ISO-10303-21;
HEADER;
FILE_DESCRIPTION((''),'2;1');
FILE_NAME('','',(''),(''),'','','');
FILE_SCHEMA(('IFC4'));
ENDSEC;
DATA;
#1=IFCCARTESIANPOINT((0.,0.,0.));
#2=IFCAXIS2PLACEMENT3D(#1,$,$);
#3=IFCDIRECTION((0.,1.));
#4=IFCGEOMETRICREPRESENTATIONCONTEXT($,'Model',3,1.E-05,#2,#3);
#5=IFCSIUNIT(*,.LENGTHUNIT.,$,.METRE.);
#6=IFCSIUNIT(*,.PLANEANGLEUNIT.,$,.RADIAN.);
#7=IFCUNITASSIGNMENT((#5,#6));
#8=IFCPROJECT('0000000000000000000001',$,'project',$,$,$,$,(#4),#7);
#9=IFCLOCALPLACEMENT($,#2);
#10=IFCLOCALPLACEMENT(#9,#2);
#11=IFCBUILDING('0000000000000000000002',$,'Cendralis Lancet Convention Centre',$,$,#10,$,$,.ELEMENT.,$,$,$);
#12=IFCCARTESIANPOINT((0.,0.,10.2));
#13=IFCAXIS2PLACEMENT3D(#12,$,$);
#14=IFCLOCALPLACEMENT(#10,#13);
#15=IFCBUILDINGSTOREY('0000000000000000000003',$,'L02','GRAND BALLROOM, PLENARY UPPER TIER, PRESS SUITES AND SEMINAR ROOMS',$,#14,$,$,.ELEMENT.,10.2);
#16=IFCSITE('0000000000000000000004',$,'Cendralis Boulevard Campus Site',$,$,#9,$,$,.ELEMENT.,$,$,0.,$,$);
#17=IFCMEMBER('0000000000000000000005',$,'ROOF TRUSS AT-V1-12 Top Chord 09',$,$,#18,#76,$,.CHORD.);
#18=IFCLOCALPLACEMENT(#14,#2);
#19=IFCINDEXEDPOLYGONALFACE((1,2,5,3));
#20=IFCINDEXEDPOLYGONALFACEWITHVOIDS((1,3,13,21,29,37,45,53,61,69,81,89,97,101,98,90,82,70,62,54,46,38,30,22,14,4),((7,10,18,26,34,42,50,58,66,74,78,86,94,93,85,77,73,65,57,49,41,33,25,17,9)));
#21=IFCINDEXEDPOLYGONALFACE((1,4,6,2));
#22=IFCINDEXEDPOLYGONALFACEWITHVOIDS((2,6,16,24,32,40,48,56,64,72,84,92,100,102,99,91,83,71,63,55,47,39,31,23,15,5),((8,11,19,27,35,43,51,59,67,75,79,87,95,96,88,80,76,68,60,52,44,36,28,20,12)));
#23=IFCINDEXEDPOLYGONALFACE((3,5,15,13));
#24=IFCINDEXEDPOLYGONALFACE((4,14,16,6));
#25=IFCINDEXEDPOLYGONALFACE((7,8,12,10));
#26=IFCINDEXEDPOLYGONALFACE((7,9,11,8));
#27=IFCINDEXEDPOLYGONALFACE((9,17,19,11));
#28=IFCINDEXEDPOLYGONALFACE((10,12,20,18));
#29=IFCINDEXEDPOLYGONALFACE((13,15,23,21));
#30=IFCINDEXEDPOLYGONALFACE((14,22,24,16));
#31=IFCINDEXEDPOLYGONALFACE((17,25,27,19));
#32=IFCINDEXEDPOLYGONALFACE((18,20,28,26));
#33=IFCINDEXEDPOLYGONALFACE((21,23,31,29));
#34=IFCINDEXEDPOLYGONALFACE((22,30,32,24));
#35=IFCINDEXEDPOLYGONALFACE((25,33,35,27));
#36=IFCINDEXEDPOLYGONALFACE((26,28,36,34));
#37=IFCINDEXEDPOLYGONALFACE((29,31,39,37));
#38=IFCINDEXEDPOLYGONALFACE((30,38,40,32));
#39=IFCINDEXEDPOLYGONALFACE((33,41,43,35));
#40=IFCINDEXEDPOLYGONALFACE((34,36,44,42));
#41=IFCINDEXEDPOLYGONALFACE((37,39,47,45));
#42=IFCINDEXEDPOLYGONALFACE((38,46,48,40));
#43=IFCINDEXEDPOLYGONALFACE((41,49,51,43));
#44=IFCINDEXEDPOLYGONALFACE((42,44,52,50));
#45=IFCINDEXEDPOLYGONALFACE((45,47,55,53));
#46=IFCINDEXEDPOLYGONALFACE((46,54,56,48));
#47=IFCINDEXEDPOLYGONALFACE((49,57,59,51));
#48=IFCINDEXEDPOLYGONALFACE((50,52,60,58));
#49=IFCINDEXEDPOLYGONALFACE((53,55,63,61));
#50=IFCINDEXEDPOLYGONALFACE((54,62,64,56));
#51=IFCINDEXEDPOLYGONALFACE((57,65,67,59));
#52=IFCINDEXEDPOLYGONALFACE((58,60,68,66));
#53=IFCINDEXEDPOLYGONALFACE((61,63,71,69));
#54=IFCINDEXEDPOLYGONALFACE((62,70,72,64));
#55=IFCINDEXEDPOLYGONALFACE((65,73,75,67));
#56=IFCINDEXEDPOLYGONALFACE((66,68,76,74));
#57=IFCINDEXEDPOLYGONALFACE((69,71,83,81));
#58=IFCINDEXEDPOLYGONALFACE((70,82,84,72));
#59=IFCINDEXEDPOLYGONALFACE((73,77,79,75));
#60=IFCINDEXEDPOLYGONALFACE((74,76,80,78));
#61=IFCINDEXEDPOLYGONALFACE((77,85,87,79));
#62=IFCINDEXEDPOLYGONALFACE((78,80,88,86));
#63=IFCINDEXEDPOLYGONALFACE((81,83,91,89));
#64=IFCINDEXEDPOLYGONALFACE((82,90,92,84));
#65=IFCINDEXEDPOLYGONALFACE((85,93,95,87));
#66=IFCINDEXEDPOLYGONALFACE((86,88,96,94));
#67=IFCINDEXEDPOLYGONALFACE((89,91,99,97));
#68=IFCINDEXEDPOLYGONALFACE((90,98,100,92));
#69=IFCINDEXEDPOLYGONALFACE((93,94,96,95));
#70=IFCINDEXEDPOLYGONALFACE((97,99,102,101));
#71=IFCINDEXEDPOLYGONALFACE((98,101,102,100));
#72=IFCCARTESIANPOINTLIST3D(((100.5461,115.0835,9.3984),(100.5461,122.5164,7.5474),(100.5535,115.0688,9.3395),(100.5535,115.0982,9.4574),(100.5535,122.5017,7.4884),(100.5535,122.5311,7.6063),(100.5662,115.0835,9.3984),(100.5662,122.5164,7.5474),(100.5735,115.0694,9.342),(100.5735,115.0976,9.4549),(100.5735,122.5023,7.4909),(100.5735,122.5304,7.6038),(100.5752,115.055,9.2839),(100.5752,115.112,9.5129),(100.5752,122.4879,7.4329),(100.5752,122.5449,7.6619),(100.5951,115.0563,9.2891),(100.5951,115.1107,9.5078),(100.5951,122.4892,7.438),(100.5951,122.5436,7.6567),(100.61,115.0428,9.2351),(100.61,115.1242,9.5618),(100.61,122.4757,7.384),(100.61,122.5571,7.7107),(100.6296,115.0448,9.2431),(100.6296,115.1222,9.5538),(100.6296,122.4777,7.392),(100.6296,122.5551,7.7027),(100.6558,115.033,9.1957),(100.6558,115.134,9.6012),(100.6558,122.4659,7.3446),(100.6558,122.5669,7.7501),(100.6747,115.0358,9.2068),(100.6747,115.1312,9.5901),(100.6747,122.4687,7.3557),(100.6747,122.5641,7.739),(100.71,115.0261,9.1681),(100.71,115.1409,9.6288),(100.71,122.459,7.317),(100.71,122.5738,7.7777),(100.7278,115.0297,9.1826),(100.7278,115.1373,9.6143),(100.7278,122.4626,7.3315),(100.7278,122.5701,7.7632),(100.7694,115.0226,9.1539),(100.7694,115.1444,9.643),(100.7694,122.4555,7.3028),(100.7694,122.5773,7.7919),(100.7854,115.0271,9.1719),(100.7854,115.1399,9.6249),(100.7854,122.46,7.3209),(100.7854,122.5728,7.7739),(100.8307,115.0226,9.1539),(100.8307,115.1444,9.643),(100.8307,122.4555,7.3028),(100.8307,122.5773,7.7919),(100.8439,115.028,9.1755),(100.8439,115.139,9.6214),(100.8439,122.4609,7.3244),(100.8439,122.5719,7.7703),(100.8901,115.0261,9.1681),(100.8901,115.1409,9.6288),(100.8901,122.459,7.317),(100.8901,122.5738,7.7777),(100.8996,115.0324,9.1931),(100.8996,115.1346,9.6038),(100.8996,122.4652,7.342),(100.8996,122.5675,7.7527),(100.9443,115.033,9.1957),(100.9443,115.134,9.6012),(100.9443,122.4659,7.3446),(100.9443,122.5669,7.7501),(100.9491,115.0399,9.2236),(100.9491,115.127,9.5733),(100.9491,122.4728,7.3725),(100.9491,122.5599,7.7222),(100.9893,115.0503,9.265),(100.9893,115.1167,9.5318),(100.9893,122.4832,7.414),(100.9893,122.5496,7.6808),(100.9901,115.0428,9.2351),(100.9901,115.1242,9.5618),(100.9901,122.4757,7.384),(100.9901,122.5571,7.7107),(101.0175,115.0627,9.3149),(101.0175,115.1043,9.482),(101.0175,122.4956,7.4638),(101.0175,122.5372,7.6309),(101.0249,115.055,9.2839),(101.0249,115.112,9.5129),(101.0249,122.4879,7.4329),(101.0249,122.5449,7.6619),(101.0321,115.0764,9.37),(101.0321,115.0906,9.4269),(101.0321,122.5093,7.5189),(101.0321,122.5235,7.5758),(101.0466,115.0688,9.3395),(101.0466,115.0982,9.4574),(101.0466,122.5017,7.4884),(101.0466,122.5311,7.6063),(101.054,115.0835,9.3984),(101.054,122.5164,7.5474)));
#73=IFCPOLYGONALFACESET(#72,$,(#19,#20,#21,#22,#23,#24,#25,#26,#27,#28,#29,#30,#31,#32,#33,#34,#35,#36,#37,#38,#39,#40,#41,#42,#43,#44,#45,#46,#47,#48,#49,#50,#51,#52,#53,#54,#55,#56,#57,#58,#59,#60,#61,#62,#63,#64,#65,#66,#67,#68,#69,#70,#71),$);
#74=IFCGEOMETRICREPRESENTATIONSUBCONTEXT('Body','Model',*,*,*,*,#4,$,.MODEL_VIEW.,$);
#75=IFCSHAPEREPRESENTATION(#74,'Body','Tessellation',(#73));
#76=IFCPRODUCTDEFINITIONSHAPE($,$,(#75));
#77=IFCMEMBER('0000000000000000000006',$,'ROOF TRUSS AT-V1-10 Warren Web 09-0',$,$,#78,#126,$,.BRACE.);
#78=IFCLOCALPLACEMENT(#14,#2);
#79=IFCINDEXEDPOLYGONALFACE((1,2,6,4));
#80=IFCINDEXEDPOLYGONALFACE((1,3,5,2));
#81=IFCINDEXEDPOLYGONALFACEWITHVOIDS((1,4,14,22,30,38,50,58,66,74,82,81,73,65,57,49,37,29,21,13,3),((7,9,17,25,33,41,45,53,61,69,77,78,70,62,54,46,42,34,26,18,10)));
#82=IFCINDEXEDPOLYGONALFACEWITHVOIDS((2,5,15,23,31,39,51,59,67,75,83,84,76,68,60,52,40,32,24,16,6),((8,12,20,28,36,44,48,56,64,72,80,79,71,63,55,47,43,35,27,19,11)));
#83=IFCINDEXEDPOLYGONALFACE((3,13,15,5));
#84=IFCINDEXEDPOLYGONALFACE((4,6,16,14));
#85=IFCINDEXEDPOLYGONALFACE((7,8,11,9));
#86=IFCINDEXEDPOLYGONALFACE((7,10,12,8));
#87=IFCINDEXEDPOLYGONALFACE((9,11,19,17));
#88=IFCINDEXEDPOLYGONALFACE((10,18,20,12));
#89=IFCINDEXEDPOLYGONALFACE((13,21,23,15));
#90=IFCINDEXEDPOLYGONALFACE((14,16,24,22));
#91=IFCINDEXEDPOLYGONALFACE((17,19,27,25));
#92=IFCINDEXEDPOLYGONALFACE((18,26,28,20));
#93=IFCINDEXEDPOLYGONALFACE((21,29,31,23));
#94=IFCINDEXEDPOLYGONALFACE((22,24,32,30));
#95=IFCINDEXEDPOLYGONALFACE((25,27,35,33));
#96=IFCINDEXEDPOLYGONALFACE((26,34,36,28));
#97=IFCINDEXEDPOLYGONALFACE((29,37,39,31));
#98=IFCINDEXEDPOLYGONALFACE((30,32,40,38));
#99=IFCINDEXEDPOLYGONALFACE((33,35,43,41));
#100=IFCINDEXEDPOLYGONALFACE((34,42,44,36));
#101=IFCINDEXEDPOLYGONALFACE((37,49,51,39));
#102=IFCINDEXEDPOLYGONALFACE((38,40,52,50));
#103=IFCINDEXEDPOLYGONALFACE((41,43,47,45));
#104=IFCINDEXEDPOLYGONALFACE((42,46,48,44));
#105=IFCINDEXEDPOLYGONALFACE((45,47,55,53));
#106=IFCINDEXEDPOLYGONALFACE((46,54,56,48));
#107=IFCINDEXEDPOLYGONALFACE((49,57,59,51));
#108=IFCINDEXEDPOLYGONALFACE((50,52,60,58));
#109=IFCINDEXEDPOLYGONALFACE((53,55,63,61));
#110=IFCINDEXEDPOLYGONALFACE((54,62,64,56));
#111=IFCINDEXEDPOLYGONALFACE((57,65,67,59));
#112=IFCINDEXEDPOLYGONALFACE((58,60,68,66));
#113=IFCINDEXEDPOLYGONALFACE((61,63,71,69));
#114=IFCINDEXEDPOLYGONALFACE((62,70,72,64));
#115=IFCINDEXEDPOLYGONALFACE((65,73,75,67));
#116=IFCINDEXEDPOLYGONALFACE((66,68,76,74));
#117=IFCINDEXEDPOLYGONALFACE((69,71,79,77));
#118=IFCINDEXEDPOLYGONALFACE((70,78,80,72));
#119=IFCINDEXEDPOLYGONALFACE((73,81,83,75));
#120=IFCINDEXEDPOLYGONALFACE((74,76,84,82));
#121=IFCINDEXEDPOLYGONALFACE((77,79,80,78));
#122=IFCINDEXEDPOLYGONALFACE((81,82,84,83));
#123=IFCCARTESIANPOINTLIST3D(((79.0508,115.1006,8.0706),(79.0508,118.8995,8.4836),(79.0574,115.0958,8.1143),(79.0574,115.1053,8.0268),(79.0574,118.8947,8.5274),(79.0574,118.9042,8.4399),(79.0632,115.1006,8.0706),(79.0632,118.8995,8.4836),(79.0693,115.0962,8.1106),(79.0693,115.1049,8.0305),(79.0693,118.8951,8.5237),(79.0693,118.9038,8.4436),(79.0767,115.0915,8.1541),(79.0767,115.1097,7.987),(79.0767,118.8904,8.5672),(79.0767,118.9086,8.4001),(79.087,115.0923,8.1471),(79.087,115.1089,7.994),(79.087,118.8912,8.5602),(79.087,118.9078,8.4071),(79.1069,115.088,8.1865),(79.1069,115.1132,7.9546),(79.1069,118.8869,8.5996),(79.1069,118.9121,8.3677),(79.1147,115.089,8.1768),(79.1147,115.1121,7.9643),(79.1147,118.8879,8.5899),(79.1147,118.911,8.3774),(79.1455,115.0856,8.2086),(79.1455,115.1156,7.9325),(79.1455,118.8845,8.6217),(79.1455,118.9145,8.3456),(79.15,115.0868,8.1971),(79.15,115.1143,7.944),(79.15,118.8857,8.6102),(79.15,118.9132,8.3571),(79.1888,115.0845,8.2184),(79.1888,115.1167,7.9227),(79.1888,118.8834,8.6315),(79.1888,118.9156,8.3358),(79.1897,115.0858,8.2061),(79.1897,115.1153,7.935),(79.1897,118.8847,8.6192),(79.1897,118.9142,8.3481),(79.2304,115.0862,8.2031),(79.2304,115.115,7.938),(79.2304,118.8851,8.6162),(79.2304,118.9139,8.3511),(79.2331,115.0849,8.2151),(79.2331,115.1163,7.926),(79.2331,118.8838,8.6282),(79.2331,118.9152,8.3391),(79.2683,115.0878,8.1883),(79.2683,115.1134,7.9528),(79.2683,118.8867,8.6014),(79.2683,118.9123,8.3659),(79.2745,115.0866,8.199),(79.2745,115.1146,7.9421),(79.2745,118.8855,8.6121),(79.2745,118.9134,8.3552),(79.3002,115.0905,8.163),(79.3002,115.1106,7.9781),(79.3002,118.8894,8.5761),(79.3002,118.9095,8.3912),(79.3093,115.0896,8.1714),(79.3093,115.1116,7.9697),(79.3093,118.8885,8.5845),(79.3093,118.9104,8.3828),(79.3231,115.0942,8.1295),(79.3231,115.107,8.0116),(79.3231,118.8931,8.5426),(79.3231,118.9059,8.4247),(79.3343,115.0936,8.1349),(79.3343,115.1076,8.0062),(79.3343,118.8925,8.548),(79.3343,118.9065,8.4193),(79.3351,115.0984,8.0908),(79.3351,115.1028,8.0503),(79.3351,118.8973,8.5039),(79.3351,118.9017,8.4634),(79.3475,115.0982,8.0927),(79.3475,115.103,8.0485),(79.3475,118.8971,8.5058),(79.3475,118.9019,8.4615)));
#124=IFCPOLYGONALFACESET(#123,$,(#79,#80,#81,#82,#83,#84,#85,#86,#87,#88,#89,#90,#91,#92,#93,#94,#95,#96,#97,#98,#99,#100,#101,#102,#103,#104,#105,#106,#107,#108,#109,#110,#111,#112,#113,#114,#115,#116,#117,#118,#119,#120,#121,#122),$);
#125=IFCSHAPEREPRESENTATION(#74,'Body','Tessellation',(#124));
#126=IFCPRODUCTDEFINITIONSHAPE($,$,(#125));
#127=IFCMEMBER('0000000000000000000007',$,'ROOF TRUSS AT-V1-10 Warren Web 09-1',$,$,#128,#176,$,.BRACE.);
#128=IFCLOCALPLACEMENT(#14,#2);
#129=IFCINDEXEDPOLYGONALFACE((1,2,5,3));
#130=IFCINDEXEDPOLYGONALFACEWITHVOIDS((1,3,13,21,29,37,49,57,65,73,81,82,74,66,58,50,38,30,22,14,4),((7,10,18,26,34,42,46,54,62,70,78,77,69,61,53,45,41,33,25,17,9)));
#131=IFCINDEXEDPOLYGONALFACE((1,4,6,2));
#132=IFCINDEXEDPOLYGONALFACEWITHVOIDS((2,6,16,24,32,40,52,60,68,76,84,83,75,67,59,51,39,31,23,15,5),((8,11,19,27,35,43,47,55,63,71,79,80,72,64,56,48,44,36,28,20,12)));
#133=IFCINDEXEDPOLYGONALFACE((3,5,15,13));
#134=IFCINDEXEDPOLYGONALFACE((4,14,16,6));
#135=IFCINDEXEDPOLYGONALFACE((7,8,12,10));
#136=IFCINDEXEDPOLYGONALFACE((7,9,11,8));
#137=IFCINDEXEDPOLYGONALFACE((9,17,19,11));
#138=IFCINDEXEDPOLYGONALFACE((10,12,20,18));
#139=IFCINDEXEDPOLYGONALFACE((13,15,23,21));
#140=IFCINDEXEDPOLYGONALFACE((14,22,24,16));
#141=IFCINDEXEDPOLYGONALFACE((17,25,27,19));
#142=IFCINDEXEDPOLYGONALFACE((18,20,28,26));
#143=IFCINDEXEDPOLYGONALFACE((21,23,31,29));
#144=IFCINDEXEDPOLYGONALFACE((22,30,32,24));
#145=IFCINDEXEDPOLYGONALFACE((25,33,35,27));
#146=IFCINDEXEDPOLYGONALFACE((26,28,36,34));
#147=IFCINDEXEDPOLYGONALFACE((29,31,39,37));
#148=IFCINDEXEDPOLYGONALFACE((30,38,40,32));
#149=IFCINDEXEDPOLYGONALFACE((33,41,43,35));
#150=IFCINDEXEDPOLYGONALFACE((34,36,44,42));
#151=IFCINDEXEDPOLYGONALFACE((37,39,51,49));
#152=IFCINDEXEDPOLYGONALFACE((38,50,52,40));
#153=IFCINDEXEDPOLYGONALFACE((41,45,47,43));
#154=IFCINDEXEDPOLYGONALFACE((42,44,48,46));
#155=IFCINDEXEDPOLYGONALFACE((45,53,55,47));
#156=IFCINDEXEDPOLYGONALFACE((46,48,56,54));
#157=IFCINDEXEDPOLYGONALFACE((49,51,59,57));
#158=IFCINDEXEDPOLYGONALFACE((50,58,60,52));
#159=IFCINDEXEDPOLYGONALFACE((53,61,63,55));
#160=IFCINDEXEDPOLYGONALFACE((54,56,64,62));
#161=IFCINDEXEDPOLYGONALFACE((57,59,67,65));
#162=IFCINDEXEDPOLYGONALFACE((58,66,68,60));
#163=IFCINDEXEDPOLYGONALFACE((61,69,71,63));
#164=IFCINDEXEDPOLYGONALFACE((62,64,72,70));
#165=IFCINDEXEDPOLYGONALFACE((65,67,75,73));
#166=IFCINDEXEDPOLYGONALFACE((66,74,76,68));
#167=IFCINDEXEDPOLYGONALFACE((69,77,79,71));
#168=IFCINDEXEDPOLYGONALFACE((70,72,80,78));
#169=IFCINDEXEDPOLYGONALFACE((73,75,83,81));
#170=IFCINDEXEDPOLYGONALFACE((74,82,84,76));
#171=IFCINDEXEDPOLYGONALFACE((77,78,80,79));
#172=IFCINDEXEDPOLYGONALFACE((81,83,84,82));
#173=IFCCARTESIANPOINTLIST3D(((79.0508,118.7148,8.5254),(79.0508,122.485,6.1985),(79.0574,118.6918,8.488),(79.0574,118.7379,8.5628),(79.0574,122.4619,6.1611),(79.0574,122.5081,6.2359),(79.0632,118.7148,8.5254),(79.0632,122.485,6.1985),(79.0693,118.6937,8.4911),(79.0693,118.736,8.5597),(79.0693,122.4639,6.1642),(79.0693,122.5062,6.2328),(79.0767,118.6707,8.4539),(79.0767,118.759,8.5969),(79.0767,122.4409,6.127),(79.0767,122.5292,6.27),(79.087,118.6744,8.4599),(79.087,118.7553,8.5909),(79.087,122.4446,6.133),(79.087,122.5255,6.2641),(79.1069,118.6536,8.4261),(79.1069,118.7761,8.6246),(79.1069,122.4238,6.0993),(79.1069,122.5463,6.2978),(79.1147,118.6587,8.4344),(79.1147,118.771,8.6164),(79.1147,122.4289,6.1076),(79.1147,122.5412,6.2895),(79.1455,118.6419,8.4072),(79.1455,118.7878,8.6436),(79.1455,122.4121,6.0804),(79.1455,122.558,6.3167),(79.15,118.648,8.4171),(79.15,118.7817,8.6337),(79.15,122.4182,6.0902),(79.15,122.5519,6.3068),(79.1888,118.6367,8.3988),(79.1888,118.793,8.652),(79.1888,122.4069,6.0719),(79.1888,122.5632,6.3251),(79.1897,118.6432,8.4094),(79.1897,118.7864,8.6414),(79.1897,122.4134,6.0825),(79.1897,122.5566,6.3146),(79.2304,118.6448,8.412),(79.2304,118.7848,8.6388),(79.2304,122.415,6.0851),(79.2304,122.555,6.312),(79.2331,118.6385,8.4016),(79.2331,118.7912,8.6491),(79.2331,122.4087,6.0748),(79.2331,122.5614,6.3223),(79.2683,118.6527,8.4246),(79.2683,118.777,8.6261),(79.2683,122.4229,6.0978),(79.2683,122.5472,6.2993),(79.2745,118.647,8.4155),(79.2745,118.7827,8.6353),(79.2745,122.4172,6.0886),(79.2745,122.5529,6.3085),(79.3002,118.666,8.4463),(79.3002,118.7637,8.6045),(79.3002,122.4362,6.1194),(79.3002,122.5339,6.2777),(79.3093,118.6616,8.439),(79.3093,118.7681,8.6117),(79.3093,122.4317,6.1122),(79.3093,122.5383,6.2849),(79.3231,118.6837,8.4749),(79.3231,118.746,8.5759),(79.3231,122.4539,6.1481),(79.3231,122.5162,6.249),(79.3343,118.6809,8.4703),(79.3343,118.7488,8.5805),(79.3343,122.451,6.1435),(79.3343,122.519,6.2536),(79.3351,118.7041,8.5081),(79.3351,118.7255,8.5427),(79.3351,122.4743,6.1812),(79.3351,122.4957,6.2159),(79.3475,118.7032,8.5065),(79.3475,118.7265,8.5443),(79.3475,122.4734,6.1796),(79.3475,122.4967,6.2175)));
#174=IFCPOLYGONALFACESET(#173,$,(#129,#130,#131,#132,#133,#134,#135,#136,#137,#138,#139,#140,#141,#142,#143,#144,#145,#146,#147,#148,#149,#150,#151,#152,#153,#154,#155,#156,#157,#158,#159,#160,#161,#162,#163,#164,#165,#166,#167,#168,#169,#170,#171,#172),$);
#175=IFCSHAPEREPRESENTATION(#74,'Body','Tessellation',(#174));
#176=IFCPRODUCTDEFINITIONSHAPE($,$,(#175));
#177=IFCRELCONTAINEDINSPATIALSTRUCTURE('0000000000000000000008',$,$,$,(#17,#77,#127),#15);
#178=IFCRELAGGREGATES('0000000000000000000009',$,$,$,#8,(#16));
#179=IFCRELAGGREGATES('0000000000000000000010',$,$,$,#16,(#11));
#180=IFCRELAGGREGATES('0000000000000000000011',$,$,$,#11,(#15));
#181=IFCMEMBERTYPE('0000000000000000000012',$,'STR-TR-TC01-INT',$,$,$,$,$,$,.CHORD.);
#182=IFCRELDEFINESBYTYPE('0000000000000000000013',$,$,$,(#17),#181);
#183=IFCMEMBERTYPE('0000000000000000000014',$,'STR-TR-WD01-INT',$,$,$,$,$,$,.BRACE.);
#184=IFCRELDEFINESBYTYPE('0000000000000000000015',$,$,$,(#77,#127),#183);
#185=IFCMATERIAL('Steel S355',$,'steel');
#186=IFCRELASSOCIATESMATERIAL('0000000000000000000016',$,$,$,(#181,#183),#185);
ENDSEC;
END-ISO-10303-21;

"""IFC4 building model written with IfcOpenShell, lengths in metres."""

from ifc_helpers import new_model, si_unit, direction, frame, origin, origin_2d, place, context, subcontext, project, spatial, hollow_circle, extrude, material, material_profile, profile_set, type_object, element, save


model = new_model("IFC4")

# Units and contexts
model_context = context("Model", 3, precision=1e-05, world=origin(), true_north=direction((0.0, 1.0)))
body_context = subcontext(model_context, "Body", "Model", "MODEL_VIEW")
ifc_project = project(units=[si_unit("LENGTHUNIT", "METRE"), si_unit("PLANEANGLEUNIT", "RADIAN")], contexts=[model_context])

# Site, building, storey
site_placement = place(None, origin())
site = spatial("IfcSite", under=ifc_project, at=site_placement, Name="Cendralis Boulevard Campus Site", CompositionType="ELEMENT", RefElevation=0.0)
building_placement = place(site_placement, origin())
building = spatial("IfcBuilding", under=site, at=building_placement, Name="Cendralis Lancet Convention Centre", CompositionType="ELEMENT")
storey_placement = place(building_placement, frame((0.0, 0.0, 10.2)))
storey = spatial("IfcBuildingStorey", under=building, at=storey_placement, Name="L02", Description="GRAND BALLROOM, PLENARY UPPER TIER, PRESS SUITES AND SEMINAR ROOMS", CompositionType="ELEMENT", Elevation=10.2)

# Members
ifc_material = material(Name="Steel S355", Category="steel")
ifc_material_profile_1 = material_profile(ifc_material, hollow_circle(Radius=0.2539, WallThickness=0.02, at=origin_2d()), Name="CHS 508.0x20.0")
ifc_profile_set_1 = profile_set([ifc_material_profile_1], Name="Steel S355")
member_type_1 = type_object("IfcMemberType", Name="STR-TR-TC01-INT", PredefinedType="CHORD", material=ifc_profile_set_1)
for number, where, z_axis, x_axis, name in (
    (1, (100.8, 115.0835, 9.3984), (0.0, 0.970361, -0.241658), (-1.0, 0.0, 0.0), "ROOF TRUSS AT-V1-12 Top Chord 09"),
):
    element("IfcMember", number, at=place(storey_placement, frame(where, z_axis=z_axis, x_axis=x_axis)), inside=storey, type_object=member_type_1, Name=name, PredefinedType="CHORD", context=body_context, shape_type="SweptSolid", body=[
        extrude(hollow_circle(Radius=0.2539, WallThickness=0.02, at=origin_2d()), origin(), (0.0, 0.0, 1.0), 7.6599),
    ])
ifc_material_profile_2 = material_profile(ifc_material, hollow_circle(Radius=0.1492, WallThickness=0.0125, at=origin_2d()), Name="CHS 298.5x12.5")
ifc_profile_set_2 = profile_set([ifc_material_profile_2], Name="Steel S355")
member_type_2 = type_object("IfcMemberType", Name="STR-TR-WD01-INT", PredefinedType="BRACE", material=ifc_profile_set_2)
member_1_placement = place(storey_placement, frame((79.2, 115.1006, 8.0706), z_axis=(0.0, 0.99414, 0.108103), x_axis=(-1.0, 0.0, 0.0)))
element("IfcMember", 2, at=member_1_placement, inside=storey, type_object=member_type_2, Name="ROOF TRUSS AT-V1-10 Warren Web 09-0", PredefinedType="BRACE", context=body_context, shape_type="SweptSolid", body=[
    extrude(hollow_circle(Radius=0.1492, WallThickness=0.0125, at=origin_2d()), origin(), (0.0, 0.0, 1.0), 3.8213),
])
member_2_placement = place(storey_placement, frame((79.2, 118.7148, 8.5254), z_axis=(0.0, 0.850978, -0.525201), x_axis=(-1.0, 0.0, 0.0)))
element("IfcMember", 3, at=member_2_placement, inside=storey, type_object=member_type_2, Name="ROOF TRUSS AT-V1-10 Warren Web 09-1", PredefinedType="BRACE", context=body_context, shape_type="SweptSolid", body=[
    extrude(hollow_circle(Radius=0.1492, WallThickness=0.0125, at=origin_2d()), origin(), (0.0, 0.0, 1.0), 4.4304),
])

save(model, "model.ifc")
